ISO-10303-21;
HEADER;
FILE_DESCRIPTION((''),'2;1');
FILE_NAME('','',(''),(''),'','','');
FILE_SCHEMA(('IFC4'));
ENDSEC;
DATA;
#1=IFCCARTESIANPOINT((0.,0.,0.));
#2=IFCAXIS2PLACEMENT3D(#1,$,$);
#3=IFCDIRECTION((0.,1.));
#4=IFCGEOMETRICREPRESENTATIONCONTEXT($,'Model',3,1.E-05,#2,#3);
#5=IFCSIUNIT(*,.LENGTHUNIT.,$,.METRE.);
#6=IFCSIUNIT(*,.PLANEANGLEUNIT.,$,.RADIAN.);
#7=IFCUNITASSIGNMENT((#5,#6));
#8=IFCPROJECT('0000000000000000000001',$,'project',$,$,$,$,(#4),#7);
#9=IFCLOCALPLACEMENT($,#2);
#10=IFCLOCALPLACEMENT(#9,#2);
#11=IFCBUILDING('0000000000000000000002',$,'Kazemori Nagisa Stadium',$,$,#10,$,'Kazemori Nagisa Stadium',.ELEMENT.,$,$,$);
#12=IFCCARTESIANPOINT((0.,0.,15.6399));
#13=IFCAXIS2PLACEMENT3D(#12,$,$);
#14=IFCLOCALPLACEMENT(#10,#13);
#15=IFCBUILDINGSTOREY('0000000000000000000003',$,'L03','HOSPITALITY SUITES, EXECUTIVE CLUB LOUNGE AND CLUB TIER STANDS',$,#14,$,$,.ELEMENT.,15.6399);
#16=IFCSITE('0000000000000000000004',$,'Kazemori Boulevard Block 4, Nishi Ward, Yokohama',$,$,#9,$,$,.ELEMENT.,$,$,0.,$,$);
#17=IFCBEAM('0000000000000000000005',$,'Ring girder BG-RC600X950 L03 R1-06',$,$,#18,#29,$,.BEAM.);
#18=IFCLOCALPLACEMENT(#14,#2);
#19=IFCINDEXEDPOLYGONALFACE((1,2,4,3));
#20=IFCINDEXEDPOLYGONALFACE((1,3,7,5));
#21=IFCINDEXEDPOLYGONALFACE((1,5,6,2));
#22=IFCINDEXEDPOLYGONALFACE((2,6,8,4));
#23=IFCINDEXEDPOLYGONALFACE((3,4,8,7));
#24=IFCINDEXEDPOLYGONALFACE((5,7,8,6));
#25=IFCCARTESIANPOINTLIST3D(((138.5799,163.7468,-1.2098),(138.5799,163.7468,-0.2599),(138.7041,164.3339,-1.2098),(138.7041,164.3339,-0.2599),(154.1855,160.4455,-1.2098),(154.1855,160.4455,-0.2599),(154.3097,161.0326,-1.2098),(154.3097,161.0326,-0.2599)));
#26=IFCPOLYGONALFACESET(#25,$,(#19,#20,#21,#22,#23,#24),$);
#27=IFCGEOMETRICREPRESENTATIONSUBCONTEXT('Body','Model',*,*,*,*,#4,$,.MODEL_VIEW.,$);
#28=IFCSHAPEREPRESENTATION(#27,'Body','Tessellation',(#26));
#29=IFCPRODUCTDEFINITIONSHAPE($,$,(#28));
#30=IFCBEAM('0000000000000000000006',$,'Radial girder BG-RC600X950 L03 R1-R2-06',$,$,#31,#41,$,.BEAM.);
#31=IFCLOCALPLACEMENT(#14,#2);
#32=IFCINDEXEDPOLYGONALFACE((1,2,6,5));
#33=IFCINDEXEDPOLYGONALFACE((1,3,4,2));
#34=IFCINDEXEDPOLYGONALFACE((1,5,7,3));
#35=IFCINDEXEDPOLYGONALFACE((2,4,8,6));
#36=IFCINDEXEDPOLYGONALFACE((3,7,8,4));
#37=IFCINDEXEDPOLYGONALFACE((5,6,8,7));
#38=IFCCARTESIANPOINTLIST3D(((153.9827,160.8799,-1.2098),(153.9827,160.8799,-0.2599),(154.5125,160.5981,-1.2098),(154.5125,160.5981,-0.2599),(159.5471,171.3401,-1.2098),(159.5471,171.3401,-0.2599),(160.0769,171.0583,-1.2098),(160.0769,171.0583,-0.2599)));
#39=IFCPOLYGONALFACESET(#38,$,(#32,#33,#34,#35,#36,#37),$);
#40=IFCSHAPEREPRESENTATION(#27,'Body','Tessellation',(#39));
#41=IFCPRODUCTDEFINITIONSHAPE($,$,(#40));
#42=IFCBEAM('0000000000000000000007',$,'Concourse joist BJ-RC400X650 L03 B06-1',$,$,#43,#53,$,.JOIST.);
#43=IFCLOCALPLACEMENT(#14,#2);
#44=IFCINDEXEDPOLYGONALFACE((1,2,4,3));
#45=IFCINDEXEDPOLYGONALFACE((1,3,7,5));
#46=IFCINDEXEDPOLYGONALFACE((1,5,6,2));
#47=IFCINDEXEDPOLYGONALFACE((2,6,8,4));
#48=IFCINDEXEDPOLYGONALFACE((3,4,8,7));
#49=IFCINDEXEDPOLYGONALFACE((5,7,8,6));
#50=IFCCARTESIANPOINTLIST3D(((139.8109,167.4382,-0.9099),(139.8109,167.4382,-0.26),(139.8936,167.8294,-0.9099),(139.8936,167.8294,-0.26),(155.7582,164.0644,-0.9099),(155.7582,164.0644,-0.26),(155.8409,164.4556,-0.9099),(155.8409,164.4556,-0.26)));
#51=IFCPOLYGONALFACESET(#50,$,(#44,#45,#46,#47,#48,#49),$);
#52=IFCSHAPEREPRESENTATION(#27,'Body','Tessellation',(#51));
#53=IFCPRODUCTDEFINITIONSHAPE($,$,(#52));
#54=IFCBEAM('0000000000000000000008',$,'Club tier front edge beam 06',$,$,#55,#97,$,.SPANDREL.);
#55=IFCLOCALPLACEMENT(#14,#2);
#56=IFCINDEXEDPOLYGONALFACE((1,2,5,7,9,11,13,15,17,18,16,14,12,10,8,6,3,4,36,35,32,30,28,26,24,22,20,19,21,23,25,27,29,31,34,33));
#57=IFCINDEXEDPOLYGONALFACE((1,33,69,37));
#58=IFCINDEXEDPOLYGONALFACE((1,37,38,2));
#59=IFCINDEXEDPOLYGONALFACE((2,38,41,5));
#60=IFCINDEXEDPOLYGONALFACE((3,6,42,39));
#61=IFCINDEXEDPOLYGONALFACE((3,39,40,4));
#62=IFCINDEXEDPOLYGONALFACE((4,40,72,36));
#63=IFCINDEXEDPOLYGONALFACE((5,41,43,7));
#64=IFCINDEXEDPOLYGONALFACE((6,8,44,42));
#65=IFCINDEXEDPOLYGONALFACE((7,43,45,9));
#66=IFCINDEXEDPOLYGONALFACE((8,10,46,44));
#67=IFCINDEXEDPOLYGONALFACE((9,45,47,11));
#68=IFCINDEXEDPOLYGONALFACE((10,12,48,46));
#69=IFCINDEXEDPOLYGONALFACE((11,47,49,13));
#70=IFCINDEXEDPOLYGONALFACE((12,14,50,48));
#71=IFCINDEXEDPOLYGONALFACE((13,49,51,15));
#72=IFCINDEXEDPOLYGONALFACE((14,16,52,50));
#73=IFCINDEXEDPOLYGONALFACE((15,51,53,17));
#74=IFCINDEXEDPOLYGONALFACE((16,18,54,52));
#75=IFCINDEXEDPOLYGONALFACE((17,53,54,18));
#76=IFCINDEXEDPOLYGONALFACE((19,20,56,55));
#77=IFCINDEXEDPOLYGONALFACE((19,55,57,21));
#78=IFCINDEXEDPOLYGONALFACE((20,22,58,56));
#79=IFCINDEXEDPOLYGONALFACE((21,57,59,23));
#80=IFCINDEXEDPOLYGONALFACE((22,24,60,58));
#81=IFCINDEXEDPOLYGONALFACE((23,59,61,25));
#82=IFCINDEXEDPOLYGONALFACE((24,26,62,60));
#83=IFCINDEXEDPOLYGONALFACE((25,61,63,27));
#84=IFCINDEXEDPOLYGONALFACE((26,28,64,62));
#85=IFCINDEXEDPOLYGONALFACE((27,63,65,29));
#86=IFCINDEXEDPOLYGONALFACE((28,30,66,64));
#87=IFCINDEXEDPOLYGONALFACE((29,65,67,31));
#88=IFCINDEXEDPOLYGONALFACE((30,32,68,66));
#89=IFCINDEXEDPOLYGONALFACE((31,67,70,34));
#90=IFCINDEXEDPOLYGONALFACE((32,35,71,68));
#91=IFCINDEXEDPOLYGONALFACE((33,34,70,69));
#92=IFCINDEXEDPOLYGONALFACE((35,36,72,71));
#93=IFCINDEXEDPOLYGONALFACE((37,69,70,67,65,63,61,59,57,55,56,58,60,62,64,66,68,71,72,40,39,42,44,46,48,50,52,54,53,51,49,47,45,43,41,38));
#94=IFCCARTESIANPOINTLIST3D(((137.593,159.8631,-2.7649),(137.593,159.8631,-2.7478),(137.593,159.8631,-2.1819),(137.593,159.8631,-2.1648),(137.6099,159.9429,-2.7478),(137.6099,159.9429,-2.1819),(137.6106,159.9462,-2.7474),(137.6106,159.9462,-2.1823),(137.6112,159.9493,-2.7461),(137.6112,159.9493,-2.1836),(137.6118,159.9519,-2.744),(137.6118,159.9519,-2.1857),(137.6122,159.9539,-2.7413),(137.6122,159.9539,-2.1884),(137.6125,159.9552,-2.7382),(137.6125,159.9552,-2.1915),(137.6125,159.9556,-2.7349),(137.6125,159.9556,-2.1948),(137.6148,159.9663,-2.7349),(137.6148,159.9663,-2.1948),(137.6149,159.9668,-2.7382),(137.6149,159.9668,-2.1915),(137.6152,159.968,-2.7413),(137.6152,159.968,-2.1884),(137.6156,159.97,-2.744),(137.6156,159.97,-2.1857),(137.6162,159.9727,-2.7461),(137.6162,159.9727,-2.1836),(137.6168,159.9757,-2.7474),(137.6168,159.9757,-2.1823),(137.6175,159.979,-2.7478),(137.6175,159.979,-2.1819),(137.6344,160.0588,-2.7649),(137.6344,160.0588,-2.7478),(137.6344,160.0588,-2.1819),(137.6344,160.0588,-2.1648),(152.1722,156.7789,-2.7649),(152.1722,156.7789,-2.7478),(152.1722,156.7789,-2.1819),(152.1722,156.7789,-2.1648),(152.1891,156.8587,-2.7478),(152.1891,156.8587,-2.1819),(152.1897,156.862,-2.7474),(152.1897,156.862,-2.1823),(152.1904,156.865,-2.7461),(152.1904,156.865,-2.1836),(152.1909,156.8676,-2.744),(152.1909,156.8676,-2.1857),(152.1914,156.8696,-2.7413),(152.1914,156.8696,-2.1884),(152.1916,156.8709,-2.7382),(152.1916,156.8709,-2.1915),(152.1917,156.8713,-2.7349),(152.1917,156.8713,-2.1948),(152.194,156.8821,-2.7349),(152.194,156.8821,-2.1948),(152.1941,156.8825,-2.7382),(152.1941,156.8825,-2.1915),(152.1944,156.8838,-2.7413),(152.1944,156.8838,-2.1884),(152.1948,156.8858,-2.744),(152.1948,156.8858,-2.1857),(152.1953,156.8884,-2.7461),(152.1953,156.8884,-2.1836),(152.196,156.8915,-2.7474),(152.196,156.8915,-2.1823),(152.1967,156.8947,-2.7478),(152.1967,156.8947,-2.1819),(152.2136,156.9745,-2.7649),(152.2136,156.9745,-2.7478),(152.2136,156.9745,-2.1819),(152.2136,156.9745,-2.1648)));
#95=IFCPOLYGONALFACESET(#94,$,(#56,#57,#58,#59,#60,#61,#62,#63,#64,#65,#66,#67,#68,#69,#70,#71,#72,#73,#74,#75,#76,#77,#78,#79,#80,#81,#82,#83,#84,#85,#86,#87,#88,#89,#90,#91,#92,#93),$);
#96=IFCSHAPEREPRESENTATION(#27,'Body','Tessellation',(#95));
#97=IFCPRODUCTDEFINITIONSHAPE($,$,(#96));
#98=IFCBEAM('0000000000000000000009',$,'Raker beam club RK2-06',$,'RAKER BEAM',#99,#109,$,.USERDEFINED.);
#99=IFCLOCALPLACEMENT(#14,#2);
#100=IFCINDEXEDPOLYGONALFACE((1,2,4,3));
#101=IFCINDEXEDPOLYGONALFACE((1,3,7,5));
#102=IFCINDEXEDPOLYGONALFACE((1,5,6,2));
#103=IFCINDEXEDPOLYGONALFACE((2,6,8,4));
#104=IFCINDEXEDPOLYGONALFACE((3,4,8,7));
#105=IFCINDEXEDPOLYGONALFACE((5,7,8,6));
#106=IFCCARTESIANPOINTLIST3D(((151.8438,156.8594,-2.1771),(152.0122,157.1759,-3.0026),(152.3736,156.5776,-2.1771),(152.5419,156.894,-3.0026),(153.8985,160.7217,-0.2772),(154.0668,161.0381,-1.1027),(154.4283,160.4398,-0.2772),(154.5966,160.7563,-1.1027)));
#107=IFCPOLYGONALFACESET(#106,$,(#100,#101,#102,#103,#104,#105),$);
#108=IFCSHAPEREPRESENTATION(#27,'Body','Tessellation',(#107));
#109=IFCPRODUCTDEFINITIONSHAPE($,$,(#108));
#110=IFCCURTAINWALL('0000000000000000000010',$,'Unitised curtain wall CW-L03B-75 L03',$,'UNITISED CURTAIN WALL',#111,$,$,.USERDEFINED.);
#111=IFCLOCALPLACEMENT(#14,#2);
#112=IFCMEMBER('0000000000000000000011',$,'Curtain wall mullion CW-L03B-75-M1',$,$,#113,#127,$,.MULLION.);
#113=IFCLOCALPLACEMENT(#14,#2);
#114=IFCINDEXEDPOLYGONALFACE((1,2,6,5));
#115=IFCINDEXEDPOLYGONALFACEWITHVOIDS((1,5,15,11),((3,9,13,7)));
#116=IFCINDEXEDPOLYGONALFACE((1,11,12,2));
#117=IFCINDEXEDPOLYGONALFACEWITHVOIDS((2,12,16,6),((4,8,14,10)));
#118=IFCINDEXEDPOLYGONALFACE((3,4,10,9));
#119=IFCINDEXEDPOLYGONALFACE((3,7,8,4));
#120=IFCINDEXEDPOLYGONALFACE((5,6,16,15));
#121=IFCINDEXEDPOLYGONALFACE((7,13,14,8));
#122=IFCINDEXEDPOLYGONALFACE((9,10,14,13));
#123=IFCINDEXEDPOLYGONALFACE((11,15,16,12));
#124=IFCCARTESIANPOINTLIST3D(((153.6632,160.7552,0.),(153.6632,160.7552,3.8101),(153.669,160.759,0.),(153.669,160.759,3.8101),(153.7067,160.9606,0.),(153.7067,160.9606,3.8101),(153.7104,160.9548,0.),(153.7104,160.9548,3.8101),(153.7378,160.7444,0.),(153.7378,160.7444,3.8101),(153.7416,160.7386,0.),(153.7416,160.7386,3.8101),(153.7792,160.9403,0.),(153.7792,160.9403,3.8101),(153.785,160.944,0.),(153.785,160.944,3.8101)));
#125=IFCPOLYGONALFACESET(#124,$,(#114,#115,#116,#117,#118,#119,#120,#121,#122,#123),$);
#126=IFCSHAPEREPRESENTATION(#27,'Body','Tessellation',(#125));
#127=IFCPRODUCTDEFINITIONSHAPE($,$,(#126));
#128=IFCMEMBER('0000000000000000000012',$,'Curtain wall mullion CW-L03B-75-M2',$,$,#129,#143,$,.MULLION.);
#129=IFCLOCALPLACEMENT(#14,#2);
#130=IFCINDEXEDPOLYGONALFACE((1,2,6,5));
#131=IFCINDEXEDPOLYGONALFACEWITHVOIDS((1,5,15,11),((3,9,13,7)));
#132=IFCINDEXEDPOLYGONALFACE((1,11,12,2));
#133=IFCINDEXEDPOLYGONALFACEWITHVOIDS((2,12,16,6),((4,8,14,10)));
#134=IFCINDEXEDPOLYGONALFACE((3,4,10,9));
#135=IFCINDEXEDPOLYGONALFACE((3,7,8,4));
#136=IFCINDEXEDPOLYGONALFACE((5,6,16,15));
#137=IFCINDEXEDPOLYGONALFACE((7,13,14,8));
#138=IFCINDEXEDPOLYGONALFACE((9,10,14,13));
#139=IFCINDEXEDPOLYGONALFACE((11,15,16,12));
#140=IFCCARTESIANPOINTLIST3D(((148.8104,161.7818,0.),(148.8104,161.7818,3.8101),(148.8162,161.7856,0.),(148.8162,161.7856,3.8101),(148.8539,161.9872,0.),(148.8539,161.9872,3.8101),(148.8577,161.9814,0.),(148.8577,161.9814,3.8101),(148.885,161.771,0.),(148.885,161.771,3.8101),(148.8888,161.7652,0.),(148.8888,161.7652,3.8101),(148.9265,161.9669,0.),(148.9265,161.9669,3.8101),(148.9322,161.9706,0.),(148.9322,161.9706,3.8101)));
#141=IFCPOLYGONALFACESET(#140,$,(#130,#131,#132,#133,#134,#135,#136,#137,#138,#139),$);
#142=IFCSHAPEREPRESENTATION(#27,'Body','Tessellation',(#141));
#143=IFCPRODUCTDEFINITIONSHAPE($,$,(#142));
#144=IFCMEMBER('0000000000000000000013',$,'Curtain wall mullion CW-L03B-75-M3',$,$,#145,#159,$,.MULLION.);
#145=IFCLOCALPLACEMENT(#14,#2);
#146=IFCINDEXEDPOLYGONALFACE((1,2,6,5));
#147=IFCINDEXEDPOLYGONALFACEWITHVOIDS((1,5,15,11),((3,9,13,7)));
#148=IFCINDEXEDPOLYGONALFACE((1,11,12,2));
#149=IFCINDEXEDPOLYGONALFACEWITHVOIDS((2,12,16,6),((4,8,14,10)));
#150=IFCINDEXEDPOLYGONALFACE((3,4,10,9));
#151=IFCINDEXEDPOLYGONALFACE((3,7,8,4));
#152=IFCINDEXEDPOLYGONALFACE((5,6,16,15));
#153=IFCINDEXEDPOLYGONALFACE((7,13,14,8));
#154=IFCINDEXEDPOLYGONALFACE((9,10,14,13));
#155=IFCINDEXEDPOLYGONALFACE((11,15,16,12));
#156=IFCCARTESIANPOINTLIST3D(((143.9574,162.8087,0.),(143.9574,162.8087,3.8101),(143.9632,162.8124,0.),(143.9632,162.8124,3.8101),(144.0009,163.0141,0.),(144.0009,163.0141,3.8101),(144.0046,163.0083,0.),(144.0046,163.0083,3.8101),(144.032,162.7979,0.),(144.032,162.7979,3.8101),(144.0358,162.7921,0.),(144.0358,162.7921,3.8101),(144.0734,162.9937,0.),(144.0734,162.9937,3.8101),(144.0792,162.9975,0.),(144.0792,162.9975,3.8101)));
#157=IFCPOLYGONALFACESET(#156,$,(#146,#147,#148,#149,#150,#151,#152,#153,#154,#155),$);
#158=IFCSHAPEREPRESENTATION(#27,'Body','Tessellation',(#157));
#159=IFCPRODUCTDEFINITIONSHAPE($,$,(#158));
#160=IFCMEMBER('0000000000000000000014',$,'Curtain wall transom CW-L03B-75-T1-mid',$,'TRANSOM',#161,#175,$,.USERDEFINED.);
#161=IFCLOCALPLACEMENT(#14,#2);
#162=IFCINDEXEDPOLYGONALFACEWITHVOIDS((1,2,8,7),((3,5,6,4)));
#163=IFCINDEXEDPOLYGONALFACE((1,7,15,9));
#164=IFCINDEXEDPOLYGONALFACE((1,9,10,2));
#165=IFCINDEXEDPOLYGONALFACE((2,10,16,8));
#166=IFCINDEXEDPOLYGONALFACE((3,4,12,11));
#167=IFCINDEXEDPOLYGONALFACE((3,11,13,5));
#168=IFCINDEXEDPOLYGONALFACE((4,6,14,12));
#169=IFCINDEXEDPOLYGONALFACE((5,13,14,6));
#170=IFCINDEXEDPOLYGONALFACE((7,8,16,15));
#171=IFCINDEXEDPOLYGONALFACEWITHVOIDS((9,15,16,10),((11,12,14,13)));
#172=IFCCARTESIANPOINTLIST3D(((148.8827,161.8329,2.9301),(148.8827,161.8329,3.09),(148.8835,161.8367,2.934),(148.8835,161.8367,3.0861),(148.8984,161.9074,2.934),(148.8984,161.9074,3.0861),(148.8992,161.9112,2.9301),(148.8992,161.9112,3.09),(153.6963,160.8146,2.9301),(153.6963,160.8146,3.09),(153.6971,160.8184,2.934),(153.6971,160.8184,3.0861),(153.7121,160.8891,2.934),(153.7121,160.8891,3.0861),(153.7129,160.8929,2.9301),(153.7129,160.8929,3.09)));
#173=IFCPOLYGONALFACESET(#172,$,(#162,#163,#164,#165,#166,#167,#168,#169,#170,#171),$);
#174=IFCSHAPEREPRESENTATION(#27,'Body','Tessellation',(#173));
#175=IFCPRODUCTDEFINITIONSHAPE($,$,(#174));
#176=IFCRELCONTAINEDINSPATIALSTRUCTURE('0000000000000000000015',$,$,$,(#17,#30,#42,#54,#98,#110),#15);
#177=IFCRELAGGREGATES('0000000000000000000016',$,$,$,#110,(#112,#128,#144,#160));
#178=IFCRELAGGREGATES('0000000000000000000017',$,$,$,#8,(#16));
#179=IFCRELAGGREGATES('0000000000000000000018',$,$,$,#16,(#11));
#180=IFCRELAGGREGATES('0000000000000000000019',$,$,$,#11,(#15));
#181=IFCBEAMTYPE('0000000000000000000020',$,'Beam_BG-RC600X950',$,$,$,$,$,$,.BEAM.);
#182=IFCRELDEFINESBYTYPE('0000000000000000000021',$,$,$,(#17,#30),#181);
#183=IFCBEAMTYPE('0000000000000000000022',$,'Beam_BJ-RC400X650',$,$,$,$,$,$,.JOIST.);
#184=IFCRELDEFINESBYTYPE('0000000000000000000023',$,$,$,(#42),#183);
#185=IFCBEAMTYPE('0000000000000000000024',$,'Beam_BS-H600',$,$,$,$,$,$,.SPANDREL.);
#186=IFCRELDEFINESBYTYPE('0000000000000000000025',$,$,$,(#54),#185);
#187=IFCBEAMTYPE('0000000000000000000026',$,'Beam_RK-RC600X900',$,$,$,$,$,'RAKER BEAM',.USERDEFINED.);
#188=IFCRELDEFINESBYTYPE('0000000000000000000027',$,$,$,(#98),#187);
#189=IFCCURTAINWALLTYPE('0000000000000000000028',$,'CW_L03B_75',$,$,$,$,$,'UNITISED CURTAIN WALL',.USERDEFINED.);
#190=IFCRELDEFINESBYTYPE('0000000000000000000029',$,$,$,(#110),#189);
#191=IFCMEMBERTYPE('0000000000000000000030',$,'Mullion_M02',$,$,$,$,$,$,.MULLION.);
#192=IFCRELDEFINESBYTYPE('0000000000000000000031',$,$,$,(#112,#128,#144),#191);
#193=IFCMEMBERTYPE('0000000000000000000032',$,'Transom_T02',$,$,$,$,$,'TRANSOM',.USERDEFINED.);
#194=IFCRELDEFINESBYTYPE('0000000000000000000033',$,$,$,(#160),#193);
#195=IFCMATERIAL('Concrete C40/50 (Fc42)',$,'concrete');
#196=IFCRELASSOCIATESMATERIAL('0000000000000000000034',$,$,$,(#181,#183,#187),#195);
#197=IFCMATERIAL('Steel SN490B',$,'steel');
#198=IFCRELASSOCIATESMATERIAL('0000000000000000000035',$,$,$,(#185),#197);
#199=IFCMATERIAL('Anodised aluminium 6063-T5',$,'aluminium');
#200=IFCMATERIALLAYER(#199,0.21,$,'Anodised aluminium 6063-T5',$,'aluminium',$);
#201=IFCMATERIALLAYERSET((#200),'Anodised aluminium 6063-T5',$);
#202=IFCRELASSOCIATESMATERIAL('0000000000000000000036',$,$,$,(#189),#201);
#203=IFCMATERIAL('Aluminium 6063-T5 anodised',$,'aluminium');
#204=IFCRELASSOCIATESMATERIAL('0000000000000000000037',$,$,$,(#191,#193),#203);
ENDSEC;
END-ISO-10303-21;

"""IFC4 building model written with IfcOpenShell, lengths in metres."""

from ifc_helpers import new_model, si_unit, direction, frame, origin, origin_2d, place, context, subcontext, project, spatial, rectangle, hollow_rectangle, i_section, extrude, material, layer, layer_set, material_profile, profile_set, type_object, element, aggregate, save


model = new_model("IFC4")

# Units and contexts
model_context = context("Model", 3, precision=1e-05, world=origin(), true_north=direction((0.0, 1.0)))
body_context = subcontext(model_context, "Body", "Model", "MODEL_VIEW")
ifc_project = project(units=[si_unit("LENGTHUNIT", "METRE"), si_unit("PLANEANGLEUNIT", "RADIAN")], contexts=[model_context])

# Site, building, storey
site_placement = place(None, origin())
site = spatial("IfcSite", under=ifc_project, at=site_placement, Name="Kazemori Boulevard Block 4, Nishi Ward, Yokohama", CompositionType="ELEMENT", RefElevation=0.0)
building_placement = place(site_placement, origin())
building = spatial("IfcBuilding", under=site, at=building_placement, Name="Kazemori Nagisa Stadium", LongName="Kazemori Nagisa Stadium", CompositionType="ELEMENT")
storey_placement = place(building_placement, frame((0.0, 0.0, 15.6399)))
storey = spatial("IfcBuildingStorey", under=building, at=storey_placement, Name="L03", Description="HOSPITALITY SUITES, EXECUTIVE CLUB LOUNGE AND CLUB TIER STANDS", CompositionType="ELEMENT", Elevation=15.6399)

# Shared definitions
ifc_material_1 = material(Name="Concrete C40/50 (Fc42)", Category="concrete")

# Beams
ifc_material_profile_1 = material_profile(ifc_material_1, rectangle(XDim=0.6001, YDim=0.95, at=origin_2d()), Name="RC-BM-600x950")
ifc_profile_set_1 = profile_set([ifc_material_profile_1], Name="Concrete C40/50 (Fc42)")
beam_type_1 = type_object("IfcBeamType", Name="Beam_BG-RC600X950", PredefinedType="BEAM", material=ifc_profile_set_1)
beam_1_placement = place(storey_placement, frame((154.2476, 160.739, -0.7349), z_axis=(-0.978348, 0.206965, 0.0), x_axis=(-0.206965, -0.978348, 0.0)))
element("IfcBeam", 1, at=beam_1_placement, inside=storey, type_object=beam_type_1, Name="Ring girder BG-RC600X950 L03 R1-06", PredefinedType="BEAM", context=body_context, shape_type="SweptSolid", body=[
    extrude(rectangle(XDim=0.6001, YDim=0.95, at=origin_2d()), origin(), (0.0, 0.0, 1.0), 15.9509),
])
beam_2_placement = place(storey_placement, frame((154.2476, 160.739, -0.7349), z_axis=(0.469647, 0.882854, 0.0), x_axis=(-0.882854, 0.469647, 0.0)))
element("IfcBeam", 2, at=beam_2_placement, inside=storey, type_object=beam_type_1, Name="Radial girder BG-RC600X950 L03 R1-R2-06", PredefinedType="BEAM", context=body_context, shape_type="SweptSolid", body=[
    extrude(rectangle(XDim=0.6001, YDim=0.95, at=origin_2d()), origin(), (0.0, 0.0, 1.0), 11.8481),
])
ifc_material_profile_2 = material_profile(ifc_material_1, rectangle(XDim=0.3999, YDim=0.6499, at=origin_2d()), Name="RC-BM-400x650")
ifc_profile_set_2 = profile_set([ifc_material_profile_2], Name="Concrete C40/50 (Fc42)")
beam_type_2 = type_object("IfcBeamType", Name="Beam_BJ-RC400X650", PredefinedType="JOIST", material=ifc_profile_set_2)
beam_3_placement = place(storey_placement, frame((155.7996, 164.26, -0.585), z_axis=(-0.978346, 0.206977, 0.0), x_axis=(-0.206977, -0.978346, 0.0)))
element("IfcBeam", 3, at=beam_3_placement, inside=storey, type_object=beam_type_2, Name="Concourse joist BJ-RC400X650 L03 B06-1", PredefinedType="JOIST", context=body_context, shape_type="SweptSolid", body=[
    extrude(rectangle(XDim=0.3999, YDim=0.6499, at=origin_2d()), origin(), (0.0, 0.0, 1.0), 16.3003),
])
ifc_material_2 = material(Name="Steel SN490B", Category="steel")
ifc_material_profile_3 = material_profile(ifc_material_2, i_section(OverallWidth=0.2, OverallDepth=0.6001, WebThickness=0.011, FlangeThickness=0.0171, FilletRadius=0.0129, at=origin_2d()), Name="H-600x200x11x17")
ifc_profile_set_3 = profile_set([ifc_material_profile_3], Name="Steel SN490B")
beam_type_3 = type_object("IfcBeamType", Name="Beam_BS-H600", PredefinedType="SPANDREL", material=ifc_profile_set_3)
beam_4_placement = place(storey_placement, frame((152.1929, 156.8767, -2.4648), z_axis=(-0.978347, 0.206971, 0.0), x_axis=(-0.206971, -0.978347, 0.0)))
element("IfcBeam", 4, at=beam_4_placement, inside=storey, type_object=beam_type_3, Name="Club tier front edge beam 06", PredefinedType="SPANDREL", context=body_context, shape_type="SweptSolid", body=[
    extrude(i_section(OverallWidth=0.2, OverallDepth=0.6001, WebThickness=0.011, FlangeThickness=0.0171, FilletRadius=0.0129, at=origin_2d()), origin(), (0.0, 0.0, 1.0), 14.9019),
])
ifc_material_profile_4 = material_profile(ifc_material_1, rectangle(XDim=0.6001, YDim=0.8999, at=origin_2d()), Name="RC-RK-600x900")
ifc_profile_set_4 = profile_set([ifc_material_profile_4], Name="Concrete C40/50 (Fc42)")
beam_type_4 = type_object("IfcBeamType", Name="Beam_RK-RC600X900", ElementType="RAKER BEAM", PredefinedType="USERDEFINED", material=ifc_profile_set_4)
beam_5_placement = place(storey_placement, frame((152.1929, 156.8767, -2.5898), z_axis=(0.430791, 0.809781, 0.398339), x_axis=(-0.882847, 0.469661, 0.0)))
element("IfcBeam", 5, at=beam_5_placement, inside=storey, type_object=beam_type_4, Name="Raker beam club RK2-06", ObjectType="RAKER BEAM", PredefinedType="USERDEFINED", context=body_context, shape_type="SweptSolid", body=[
    extrude(rectangle(XDim=0.6001, YDim=0.8999, at=origin_2d()), origin(), (0.0, 0.0, 1.0), 4.7695),
])

# Curtain wall, members
ifc_material_3 = material(Name="Anodised aluminium 6063-T5", Category="aluminium")
ifc_layer_1 = layer(ifc_material_3, 0.21, Name="Anodised aluminium 6063-T5", Category="aluminium")
ifc_layer_set_1 = layer_set([ifc_layer_1], Name="Anodised aluminium 6063-T5")
curtain_wall_type = type_object("IfcCurtainWallType", Name="CW_L03B_75", ElementType="UNITISED CURTAIN WALL", PredefinedType="USERDEFINED", material=ifc_layer_set_1)
curtain_wall_placement = place(storey_placement, origin())
curtain_wall = element("IfcCurtainWall", 6, at=curtain_wall_placement, inside=storey, type_object=curtain_wall_type, Name="Unitised curtain wall CW-L03B-75 L03", ObjectType="UNITISED CURTAIN WALL", PredefinedType="USERDEFINED")
ifc_material_4 = material(Name="Aluminium 6063-T5 anodised", Category="aluminium")
ifc_material_profile_5 = material_profile(ifc_material_4, hollow_rectangle(XDim=0.0801, YDim=0.21, WallThickness=0.0049, at=origin_2d()), Name="ALU-MULL-80x210x5")
ifc_profile_set_5 = profile_set([ifc_material_profile_5], Name="Aluminium 6063-T5 anodised")
member_type_1 = type_object("IfcMemberType", Name="Mullion_M02", PredefinedType="MULLION", material=ifc_profile_set_5)
member_1_placement = place(storey_placement, frame((153.7241, 160.8496, 0.0), z_axis=(0.0, 0.0, 1.0), x_axis=(-0.978345, 0.206981, 0.0)))
member_1 = element("IfcMember", 7, at=member_1_placement, type_object=member_type_1, Name="Curtain wall mullion CW-L03B-75-M1", PredefinedType="MULLION", context=body_context, shape_type="SweptSolid", body=[
    extrude(hollow_rectangle(XDim=0.0801, YDim=0.21, WallThickness=0.0049, at=origin_2d()), origin(), (0.0, 0.0, 1.0), 3.8101),
])
member_2_placement = place(storey_placement, frame((148.8713, 161.8762, 0.0), z_axis=(0.0, 0.0, 1.0), x_axis=(-0.978345, 0.206981, 0.0)))
member_2 = element("IfcMember", 8, at=member_2_placement, type_object=member_type_1, Name="Curtain wall mullion CW-L03B-75-M2", PredefinedType="MULLION", context=body_context, shape_type="SweptSolid", body=[
    extrude(hollow_rectangle(XDim=0.0801, YDim=0.21, WallThickness=0.0049, at=origin_2d()), origin(), (0.0, 0.0, 1.0), 3.8101),
])
member_3_placement = place(storey_placement, frame((144.0183, 162.9031, 0.0), z_axis=(0.0, 0.0, 1.0), x_axis=(-0.978345, 0.206981, 0.0)))
member_3 = element("IfcMember", 9, at=member_3_placement, type_object=member_type_1, Name="Curtain wall mullion CW-L03B-75-M3", PredefinedType="MULLION", context=body_context, shape_type="SweptSolid", body=[
    extrude(hollow_rectangle(XDim=0.0801, YDim=0.21, WallThickness=0.0049, at=origin_2d()), origin(), (0.0, 0.0, 1.0), 3.8101),
])
ifc_material_profile_6 = material_profile(ifc_material_4, hollow_rectangle(XDim=0.0801, YDim=0.1599, WallThickness=0.0039, at=origin_2d()), Name="ALU-TRAN-80x160x4")
ifc_profile_set_6 = profile_set([ifc_material_profile_6], Name="Aluminium 6063-T5 anodised")
member_type_2 = type_object("IfcMemberType", Name="Transom_T02", ElementType="TRANSOM", PredefinedType="USERDEFINED", material=ifc_profile_set_6)
member_4_placement = place(storey_placement, frame((153.7046, 160.8538, 3.01), z_axis=(-0.978349, 0.206963, 0.0), x_axis=(-0.206963, -0.978349, 0.0)))
member_4 = element("IfcMember", 10, at=member_4_placement, type_object=member_type_2, Name="Curtain wall transom CW-L03B-75-T1-mid", ObjectType="TRANSOM", PredefinedType="USERDEFINED", context=body_context, shape_type="SweptSolid", body=[
    extrude(hollow_rectangle(XDim=0.0801, YDim=0.1599, WallThickness=0.0039, at=origin_2d()), origin(), (0.0, 0.0, 1.0), 4.9202),
])
aggregate(curtain_wall, [member_1, member_2, member_3, member_4])

save(model, "model.ifc")
